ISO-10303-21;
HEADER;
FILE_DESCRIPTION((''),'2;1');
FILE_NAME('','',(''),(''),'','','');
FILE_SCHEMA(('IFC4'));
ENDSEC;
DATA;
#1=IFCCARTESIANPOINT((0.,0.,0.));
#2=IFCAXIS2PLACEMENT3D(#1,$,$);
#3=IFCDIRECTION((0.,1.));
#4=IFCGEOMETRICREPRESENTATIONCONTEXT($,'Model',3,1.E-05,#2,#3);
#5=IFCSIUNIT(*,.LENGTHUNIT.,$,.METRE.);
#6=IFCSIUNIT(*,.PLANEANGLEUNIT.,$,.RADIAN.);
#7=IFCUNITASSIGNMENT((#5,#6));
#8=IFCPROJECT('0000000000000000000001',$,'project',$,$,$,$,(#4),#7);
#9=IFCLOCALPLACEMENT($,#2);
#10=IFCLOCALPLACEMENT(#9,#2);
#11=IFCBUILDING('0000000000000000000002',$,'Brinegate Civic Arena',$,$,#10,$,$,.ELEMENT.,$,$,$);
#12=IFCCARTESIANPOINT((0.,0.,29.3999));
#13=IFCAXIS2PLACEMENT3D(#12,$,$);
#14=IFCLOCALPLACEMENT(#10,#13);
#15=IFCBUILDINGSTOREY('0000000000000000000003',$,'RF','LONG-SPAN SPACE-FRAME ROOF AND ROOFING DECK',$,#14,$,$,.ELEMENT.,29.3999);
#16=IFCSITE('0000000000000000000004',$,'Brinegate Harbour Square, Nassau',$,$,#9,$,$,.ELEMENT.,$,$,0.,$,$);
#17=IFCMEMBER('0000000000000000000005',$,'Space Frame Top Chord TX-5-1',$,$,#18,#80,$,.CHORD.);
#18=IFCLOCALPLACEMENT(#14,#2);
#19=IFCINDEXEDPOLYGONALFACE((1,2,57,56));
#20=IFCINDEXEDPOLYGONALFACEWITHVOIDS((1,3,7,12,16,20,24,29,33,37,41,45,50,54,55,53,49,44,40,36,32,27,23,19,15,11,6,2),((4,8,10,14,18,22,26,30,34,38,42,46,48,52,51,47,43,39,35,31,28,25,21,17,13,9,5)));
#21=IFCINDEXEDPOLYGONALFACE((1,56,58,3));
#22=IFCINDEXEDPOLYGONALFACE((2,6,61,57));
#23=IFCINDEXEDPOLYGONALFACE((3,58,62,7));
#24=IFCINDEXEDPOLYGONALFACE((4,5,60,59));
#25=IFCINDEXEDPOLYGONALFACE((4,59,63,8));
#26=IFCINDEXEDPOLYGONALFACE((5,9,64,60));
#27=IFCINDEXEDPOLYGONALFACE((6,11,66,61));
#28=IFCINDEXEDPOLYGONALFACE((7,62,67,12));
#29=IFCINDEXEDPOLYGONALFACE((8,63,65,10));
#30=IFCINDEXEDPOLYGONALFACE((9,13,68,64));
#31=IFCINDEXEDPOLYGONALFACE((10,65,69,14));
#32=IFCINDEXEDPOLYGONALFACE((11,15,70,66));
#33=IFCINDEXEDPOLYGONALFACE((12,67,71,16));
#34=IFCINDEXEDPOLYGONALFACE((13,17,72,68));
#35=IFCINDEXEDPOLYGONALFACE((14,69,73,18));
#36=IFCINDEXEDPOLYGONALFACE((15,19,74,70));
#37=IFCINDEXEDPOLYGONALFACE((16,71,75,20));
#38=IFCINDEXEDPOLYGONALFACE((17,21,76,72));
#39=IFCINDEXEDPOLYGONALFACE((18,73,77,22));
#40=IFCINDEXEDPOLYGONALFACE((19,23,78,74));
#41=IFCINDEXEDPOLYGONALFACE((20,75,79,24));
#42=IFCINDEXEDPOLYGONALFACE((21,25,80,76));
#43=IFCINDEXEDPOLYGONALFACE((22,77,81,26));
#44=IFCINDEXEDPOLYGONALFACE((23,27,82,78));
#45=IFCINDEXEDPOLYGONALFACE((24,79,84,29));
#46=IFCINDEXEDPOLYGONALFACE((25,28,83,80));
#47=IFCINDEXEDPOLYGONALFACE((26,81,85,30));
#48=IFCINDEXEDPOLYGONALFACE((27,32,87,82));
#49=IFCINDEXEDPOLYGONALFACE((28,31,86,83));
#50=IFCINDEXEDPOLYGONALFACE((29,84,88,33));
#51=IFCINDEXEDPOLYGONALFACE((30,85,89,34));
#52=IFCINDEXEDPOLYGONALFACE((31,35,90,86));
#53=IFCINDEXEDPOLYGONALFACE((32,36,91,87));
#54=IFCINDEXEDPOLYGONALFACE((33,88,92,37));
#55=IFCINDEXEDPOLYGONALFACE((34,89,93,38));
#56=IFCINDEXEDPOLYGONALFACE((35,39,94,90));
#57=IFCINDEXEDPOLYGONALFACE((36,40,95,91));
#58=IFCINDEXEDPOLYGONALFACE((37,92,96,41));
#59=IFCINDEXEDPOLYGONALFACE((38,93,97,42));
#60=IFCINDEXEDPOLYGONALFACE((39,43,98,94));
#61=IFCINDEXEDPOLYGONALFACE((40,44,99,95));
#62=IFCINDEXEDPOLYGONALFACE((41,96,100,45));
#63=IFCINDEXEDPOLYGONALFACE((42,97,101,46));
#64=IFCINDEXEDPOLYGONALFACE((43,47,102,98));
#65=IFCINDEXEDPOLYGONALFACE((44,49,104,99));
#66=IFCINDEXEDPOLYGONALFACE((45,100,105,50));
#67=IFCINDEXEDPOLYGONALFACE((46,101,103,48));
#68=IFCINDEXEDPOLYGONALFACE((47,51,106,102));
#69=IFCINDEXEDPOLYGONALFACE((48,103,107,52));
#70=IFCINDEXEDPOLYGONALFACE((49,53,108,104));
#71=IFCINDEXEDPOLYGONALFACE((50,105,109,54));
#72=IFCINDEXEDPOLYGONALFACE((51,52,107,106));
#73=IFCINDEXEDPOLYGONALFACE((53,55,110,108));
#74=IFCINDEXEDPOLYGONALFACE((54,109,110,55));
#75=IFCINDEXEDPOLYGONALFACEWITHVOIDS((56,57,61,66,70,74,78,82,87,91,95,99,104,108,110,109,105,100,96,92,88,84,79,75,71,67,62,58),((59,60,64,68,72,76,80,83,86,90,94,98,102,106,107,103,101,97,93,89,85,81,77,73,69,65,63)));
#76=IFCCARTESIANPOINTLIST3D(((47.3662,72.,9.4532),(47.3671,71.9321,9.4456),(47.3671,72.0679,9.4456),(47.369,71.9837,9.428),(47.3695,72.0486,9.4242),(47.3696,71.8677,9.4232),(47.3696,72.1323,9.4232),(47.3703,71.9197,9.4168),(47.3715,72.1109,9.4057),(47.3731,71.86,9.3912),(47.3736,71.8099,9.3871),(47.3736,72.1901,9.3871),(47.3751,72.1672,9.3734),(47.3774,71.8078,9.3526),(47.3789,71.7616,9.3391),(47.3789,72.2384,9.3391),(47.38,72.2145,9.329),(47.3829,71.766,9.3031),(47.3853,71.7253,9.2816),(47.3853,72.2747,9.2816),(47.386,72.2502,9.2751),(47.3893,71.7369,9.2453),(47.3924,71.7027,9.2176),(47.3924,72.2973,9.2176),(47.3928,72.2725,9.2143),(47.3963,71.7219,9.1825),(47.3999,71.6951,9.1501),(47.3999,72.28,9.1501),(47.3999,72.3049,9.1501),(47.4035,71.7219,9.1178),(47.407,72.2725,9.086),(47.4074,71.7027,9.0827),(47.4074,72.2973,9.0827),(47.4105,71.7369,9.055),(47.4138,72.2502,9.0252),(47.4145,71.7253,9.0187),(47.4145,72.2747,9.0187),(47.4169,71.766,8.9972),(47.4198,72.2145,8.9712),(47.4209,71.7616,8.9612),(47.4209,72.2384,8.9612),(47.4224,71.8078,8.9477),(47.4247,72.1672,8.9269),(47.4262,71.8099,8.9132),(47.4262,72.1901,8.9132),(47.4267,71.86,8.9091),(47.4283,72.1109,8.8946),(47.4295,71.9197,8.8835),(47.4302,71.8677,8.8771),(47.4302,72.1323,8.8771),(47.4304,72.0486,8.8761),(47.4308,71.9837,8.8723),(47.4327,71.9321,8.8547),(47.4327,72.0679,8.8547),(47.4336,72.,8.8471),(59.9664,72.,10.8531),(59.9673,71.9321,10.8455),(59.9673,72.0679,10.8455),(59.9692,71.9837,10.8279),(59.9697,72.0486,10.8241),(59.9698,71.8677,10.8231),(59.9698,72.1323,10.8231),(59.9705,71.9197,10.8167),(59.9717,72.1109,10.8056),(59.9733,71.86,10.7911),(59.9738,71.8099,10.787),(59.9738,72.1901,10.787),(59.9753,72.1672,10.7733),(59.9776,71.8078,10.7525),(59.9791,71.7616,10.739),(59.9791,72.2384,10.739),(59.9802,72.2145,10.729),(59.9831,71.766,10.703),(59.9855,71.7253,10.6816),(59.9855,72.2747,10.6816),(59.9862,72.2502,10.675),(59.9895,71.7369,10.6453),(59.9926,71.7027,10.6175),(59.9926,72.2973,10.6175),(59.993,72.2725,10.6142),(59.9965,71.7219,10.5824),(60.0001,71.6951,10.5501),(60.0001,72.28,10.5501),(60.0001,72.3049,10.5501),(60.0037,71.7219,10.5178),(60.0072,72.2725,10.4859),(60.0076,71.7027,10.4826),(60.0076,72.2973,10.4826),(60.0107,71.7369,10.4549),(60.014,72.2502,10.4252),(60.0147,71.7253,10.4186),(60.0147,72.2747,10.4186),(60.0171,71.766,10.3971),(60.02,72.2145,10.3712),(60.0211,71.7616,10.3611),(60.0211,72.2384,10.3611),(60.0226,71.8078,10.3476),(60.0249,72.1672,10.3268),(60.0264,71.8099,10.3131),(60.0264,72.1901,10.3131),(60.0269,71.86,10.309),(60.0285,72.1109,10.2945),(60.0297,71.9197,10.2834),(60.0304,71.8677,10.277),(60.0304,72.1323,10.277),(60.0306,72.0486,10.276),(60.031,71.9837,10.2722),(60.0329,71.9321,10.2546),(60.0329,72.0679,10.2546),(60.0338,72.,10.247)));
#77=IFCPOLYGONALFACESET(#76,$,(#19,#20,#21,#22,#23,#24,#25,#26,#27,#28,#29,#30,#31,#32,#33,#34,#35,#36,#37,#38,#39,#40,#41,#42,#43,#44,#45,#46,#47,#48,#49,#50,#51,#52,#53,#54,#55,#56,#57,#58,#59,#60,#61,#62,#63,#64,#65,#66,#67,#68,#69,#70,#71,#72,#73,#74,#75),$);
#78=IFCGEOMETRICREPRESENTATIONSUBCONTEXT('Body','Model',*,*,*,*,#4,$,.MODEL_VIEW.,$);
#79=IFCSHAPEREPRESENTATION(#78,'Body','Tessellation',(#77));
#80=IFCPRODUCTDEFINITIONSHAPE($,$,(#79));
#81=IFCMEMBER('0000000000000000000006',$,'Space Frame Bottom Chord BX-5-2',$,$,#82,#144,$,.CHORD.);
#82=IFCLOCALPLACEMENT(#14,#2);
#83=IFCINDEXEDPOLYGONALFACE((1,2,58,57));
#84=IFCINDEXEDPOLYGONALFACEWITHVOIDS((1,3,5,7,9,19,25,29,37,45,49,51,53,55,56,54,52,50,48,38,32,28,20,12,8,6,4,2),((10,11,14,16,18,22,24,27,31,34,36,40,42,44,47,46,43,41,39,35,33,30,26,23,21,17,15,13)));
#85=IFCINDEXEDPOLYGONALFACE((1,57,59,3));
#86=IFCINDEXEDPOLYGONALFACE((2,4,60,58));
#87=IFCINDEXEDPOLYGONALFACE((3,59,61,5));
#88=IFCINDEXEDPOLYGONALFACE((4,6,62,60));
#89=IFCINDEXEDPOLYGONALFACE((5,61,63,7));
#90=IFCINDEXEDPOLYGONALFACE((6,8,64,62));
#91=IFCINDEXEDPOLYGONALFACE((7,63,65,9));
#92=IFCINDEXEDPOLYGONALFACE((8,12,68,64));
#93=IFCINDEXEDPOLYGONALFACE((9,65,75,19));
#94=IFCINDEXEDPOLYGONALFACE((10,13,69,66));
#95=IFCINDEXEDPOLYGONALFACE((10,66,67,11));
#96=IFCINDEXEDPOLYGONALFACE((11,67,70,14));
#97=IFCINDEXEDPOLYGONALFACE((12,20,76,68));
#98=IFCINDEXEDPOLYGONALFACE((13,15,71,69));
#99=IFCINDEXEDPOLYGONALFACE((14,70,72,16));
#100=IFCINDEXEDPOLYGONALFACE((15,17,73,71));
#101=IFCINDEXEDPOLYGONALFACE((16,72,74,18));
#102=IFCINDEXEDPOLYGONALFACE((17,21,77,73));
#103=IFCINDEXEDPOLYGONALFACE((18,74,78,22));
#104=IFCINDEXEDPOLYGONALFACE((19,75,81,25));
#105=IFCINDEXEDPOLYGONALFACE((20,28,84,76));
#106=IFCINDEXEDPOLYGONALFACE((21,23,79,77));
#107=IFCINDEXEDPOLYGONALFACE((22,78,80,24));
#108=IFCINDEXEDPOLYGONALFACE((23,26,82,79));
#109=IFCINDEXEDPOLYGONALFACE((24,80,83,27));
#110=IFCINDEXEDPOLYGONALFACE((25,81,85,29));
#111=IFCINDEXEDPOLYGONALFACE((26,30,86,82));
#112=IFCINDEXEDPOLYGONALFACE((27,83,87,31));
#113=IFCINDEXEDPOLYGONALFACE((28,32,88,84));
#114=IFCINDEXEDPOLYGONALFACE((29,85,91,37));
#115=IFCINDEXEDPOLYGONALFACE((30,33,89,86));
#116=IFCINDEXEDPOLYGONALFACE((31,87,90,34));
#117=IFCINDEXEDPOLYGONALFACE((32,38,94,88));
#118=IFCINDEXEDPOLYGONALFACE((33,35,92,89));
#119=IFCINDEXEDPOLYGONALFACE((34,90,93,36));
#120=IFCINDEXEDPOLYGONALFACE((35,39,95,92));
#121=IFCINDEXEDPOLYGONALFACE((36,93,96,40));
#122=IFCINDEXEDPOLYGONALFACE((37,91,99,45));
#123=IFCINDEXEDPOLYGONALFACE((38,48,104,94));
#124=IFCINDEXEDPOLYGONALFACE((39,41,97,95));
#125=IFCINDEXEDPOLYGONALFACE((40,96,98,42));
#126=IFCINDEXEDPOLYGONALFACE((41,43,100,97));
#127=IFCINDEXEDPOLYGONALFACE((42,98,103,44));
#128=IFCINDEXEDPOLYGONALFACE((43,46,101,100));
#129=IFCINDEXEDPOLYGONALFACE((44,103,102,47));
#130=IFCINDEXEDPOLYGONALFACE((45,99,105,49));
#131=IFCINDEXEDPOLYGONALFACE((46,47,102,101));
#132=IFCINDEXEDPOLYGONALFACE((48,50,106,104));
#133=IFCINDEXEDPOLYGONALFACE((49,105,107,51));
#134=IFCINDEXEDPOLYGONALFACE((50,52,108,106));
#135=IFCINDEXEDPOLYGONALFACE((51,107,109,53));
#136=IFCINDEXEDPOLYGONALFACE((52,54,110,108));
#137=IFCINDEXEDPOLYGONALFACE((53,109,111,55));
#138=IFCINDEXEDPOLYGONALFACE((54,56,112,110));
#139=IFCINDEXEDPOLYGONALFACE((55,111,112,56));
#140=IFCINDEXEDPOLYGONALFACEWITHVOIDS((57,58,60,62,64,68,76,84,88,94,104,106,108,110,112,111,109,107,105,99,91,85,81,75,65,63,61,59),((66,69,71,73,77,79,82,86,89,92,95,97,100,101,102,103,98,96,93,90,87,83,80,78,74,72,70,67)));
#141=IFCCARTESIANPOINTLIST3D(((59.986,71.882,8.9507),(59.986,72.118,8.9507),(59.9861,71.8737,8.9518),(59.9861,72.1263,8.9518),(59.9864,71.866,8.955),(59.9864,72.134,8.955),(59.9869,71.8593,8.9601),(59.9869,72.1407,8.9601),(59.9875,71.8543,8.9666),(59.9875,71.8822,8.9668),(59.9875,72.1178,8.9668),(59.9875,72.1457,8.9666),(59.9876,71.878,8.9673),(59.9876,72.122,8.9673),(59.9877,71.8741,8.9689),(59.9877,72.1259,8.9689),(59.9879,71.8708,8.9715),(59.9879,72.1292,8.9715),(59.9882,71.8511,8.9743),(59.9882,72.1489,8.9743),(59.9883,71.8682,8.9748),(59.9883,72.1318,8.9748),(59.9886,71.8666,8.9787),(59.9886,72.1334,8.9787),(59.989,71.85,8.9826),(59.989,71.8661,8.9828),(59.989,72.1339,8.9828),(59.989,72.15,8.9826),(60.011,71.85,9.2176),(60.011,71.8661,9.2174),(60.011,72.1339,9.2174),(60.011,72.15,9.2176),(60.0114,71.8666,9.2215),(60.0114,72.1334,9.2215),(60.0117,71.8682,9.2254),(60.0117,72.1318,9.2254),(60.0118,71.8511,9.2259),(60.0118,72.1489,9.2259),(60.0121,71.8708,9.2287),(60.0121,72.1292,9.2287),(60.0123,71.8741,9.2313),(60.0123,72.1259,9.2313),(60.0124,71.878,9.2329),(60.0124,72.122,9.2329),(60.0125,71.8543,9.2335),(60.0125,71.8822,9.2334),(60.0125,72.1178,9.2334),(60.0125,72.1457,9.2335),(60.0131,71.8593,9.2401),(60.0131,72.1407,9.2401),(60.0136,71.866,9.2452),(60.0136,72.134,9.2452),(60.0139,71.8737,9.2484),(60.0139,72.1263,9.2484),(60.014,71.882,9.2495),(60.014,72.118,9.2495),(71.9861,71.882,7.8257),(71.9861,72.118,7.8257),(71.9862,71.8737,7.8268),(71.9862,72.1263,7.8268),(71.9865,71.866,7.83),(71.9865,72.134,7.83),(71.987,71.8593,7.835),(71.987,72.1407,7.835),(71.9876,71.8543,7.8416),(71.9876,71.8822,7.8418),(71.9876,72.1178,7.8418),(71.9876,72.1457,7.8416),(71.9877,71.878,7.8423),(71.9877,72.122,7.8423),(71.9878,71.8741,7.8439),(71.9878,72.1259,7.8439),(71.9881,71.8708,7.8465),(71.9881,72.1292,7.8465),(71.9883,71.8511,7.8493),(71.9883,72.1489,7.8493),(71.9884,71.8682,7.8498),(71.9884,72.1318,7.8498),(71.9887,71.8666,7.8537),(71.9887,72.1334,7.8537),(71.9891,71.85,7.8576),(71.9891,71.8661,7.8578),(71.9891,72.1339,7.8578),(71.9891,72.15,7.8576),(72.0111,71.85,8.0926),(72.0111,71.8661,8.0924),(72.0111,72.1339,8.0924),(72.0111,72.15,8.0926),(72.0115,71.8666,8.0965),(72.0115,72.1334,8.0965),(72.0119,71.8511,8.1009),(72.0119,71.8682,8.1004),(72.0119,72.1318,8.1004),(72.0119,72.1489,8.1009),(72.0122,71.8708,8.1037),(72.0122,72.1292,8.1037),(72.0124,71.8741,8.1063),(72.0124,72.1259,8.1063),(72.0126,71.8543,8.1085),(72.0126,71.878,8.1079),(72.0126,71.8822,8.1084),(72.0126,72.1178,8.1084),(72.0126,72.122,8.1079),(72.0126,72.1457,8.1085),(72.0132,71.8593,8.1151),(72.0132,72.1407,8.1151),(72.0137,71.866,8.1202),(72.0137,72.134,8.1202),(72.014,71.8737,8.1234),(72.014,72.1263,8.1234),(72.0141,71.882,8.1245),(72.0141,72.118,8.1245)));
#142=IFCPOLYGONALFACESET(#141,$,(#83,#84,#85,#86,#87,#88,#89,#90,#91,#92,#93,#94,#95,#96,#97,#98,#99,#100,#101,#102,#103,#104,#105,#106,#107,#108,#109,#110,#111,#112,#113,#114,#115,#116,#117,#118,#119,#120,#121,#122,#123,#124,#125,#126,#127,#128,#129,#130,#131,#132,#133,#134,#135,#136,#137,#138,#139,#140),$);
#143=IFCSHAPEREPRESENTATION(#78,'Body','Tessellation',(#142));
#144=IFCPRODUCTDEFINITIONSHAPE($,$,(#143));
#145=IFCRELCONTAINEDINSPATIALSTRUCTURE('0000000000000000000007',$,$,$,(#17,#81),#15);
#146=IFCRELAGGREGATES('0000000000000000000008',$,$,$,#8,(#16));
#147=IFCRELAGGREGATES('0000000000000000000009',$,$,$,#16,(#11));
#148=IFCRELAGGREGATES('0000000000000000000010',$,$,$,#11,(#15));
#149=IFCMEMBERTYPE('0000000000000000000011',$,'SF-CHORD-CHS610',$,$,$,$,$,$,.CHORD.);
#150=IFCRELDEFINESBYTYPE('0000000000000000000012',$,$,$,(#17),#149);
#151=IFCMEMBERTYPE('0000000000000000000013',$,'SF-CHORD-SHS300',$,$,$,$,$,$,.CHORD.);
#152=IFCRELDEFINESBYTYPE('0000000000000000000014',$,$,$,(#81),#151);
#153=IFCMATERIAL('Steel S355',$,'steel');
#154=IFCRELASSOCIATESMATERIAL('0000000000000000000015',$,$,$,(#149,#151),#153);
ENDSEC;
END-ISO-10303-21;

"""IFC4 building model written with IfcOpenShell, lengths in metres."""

from ifc_helpers import new_model, si_unit, direction, frame, origin, origin_2d, place, context, subcontext, project, spatial, hollow_rectangle, hollow_circle, extrude, material, material_profile, profile_set, type_object, element, save


model = new_model("IFC4")

# Units and contexts
model_context = context("Model", 3, precision=1e-05, world=origin(), true_north=direction((0.0, 1.0)))
body_context = subcontext(model_context, "Body", "Model", "MODEL_VIEW")
ifc_project = project(units=[si_unit("LENGTHUNIT", "METRE"), si_unit("PLANEANGLEUNIT", "RADIAN")], contexts=[model_context])

# Site, building, storey
site_placement = place(None, origin())
site = spatial("IfcSite", under=ifc_project, at=site_placement, Name="Brinegate Harbour Square, Nassau", CompositionType="ELEMENT", RefElevation=0.0)
building_placement = place(site_placement, origin())
building = spatial("IfcBuilding", under=site, at=building_placement, Name="Brinegate Civic Arena", CompositionType="ELEMENT")
storey_placement = place(building_placement, frame((0.0, 0.0, 29.3999)))
storey = spatial("IfcBuildingStorey", under=building, at=storey_placement, Name="RF", Description="LONG-SPAN SPACE-FRAME ROOF AND ROOFING DECK", CompositionType="ELEMENT", Elevation=29.3999)

# Shared definitions
ifc_material_1 = material(Name="Steel S355", Category="steel")

# Members
ifc_material_profile_1 = material_profile(ifc_material_1, hollow_circle(Radius=0.3049, WallThickness=0.0249, at=origin_2d()), Name="CHS610X25")
ifc_profile_set_1 = profile_set([ifc_material_profile_1], Name="Steel S355")
member_type_1 = type_object("IfcMemberType", Name="SF-CHORD-CHS610", PredefinedType="CHORD", material=ifc_profile_set_1)
member_1_placement = place(storey_placement, frame((47.3999, 72.0, 9.1501), z_axis=(0.993885, 0.0, 0.110423), x_axis=(0.0, 1.0, 0.0)))
element("IfcMember", 1, at=member_1_placement, inside=storey, type_object=member_type_1, Name="Space Frame Top Chord TX-5-1", PredefinedType="CHORD", context=body_context, shape_type="SweptSolid", body=[
    extrude(hollow_circle(Radius=0.3049, WallThickness=0.0249, at=origin_2d()), origin(), (0.0, 0.0, 1.0), 12.6777),
])
ifc_material_profile_2 = material_profile(ifc_material_1, hollow_rectangle(XDim=0.3, YDim=0.3, WallThickness=0.0161, InnerFilletRadius=0.0161, OuterFilletRadius=0.032, at=origin_2d()), Name="SHS300X16")
ifc_profile_set_2 = profile_set([ifc_material_profile_2], Name="Steel S355")
member_type_2 = type_object("IfcMemberType", Name="SF-CHORD-SHS300", PredefinedType="CHORD", material=ifc_profile_set_2)
member_2_placement = place(storey_placement, frame((60.0, 72.0, 9.1001), z_axis=(0.995634, 0.0, -0.093341), x_axis=(0.0, 1.0, 0.0)))
element("IfcMember", 2, at=member_2_placement, inside=storey, type_object=member_type_2, Name="Space Frame Bottom Chord BX-5-2", PredefinedType="CHORD", context=body_context, shape_type="SweptSolid", body=[
    extrude(hollow_rectangle(XDim=0.3, YDim=0.3, WallThickness=0.0161, InnerFilletRadius=0.0161, OuterFilletRadius=0.032, at=origin_2d()), origin(), (0.0, 0.0, 1.0), 12.0527),
])

save(model, "model.ifc")
